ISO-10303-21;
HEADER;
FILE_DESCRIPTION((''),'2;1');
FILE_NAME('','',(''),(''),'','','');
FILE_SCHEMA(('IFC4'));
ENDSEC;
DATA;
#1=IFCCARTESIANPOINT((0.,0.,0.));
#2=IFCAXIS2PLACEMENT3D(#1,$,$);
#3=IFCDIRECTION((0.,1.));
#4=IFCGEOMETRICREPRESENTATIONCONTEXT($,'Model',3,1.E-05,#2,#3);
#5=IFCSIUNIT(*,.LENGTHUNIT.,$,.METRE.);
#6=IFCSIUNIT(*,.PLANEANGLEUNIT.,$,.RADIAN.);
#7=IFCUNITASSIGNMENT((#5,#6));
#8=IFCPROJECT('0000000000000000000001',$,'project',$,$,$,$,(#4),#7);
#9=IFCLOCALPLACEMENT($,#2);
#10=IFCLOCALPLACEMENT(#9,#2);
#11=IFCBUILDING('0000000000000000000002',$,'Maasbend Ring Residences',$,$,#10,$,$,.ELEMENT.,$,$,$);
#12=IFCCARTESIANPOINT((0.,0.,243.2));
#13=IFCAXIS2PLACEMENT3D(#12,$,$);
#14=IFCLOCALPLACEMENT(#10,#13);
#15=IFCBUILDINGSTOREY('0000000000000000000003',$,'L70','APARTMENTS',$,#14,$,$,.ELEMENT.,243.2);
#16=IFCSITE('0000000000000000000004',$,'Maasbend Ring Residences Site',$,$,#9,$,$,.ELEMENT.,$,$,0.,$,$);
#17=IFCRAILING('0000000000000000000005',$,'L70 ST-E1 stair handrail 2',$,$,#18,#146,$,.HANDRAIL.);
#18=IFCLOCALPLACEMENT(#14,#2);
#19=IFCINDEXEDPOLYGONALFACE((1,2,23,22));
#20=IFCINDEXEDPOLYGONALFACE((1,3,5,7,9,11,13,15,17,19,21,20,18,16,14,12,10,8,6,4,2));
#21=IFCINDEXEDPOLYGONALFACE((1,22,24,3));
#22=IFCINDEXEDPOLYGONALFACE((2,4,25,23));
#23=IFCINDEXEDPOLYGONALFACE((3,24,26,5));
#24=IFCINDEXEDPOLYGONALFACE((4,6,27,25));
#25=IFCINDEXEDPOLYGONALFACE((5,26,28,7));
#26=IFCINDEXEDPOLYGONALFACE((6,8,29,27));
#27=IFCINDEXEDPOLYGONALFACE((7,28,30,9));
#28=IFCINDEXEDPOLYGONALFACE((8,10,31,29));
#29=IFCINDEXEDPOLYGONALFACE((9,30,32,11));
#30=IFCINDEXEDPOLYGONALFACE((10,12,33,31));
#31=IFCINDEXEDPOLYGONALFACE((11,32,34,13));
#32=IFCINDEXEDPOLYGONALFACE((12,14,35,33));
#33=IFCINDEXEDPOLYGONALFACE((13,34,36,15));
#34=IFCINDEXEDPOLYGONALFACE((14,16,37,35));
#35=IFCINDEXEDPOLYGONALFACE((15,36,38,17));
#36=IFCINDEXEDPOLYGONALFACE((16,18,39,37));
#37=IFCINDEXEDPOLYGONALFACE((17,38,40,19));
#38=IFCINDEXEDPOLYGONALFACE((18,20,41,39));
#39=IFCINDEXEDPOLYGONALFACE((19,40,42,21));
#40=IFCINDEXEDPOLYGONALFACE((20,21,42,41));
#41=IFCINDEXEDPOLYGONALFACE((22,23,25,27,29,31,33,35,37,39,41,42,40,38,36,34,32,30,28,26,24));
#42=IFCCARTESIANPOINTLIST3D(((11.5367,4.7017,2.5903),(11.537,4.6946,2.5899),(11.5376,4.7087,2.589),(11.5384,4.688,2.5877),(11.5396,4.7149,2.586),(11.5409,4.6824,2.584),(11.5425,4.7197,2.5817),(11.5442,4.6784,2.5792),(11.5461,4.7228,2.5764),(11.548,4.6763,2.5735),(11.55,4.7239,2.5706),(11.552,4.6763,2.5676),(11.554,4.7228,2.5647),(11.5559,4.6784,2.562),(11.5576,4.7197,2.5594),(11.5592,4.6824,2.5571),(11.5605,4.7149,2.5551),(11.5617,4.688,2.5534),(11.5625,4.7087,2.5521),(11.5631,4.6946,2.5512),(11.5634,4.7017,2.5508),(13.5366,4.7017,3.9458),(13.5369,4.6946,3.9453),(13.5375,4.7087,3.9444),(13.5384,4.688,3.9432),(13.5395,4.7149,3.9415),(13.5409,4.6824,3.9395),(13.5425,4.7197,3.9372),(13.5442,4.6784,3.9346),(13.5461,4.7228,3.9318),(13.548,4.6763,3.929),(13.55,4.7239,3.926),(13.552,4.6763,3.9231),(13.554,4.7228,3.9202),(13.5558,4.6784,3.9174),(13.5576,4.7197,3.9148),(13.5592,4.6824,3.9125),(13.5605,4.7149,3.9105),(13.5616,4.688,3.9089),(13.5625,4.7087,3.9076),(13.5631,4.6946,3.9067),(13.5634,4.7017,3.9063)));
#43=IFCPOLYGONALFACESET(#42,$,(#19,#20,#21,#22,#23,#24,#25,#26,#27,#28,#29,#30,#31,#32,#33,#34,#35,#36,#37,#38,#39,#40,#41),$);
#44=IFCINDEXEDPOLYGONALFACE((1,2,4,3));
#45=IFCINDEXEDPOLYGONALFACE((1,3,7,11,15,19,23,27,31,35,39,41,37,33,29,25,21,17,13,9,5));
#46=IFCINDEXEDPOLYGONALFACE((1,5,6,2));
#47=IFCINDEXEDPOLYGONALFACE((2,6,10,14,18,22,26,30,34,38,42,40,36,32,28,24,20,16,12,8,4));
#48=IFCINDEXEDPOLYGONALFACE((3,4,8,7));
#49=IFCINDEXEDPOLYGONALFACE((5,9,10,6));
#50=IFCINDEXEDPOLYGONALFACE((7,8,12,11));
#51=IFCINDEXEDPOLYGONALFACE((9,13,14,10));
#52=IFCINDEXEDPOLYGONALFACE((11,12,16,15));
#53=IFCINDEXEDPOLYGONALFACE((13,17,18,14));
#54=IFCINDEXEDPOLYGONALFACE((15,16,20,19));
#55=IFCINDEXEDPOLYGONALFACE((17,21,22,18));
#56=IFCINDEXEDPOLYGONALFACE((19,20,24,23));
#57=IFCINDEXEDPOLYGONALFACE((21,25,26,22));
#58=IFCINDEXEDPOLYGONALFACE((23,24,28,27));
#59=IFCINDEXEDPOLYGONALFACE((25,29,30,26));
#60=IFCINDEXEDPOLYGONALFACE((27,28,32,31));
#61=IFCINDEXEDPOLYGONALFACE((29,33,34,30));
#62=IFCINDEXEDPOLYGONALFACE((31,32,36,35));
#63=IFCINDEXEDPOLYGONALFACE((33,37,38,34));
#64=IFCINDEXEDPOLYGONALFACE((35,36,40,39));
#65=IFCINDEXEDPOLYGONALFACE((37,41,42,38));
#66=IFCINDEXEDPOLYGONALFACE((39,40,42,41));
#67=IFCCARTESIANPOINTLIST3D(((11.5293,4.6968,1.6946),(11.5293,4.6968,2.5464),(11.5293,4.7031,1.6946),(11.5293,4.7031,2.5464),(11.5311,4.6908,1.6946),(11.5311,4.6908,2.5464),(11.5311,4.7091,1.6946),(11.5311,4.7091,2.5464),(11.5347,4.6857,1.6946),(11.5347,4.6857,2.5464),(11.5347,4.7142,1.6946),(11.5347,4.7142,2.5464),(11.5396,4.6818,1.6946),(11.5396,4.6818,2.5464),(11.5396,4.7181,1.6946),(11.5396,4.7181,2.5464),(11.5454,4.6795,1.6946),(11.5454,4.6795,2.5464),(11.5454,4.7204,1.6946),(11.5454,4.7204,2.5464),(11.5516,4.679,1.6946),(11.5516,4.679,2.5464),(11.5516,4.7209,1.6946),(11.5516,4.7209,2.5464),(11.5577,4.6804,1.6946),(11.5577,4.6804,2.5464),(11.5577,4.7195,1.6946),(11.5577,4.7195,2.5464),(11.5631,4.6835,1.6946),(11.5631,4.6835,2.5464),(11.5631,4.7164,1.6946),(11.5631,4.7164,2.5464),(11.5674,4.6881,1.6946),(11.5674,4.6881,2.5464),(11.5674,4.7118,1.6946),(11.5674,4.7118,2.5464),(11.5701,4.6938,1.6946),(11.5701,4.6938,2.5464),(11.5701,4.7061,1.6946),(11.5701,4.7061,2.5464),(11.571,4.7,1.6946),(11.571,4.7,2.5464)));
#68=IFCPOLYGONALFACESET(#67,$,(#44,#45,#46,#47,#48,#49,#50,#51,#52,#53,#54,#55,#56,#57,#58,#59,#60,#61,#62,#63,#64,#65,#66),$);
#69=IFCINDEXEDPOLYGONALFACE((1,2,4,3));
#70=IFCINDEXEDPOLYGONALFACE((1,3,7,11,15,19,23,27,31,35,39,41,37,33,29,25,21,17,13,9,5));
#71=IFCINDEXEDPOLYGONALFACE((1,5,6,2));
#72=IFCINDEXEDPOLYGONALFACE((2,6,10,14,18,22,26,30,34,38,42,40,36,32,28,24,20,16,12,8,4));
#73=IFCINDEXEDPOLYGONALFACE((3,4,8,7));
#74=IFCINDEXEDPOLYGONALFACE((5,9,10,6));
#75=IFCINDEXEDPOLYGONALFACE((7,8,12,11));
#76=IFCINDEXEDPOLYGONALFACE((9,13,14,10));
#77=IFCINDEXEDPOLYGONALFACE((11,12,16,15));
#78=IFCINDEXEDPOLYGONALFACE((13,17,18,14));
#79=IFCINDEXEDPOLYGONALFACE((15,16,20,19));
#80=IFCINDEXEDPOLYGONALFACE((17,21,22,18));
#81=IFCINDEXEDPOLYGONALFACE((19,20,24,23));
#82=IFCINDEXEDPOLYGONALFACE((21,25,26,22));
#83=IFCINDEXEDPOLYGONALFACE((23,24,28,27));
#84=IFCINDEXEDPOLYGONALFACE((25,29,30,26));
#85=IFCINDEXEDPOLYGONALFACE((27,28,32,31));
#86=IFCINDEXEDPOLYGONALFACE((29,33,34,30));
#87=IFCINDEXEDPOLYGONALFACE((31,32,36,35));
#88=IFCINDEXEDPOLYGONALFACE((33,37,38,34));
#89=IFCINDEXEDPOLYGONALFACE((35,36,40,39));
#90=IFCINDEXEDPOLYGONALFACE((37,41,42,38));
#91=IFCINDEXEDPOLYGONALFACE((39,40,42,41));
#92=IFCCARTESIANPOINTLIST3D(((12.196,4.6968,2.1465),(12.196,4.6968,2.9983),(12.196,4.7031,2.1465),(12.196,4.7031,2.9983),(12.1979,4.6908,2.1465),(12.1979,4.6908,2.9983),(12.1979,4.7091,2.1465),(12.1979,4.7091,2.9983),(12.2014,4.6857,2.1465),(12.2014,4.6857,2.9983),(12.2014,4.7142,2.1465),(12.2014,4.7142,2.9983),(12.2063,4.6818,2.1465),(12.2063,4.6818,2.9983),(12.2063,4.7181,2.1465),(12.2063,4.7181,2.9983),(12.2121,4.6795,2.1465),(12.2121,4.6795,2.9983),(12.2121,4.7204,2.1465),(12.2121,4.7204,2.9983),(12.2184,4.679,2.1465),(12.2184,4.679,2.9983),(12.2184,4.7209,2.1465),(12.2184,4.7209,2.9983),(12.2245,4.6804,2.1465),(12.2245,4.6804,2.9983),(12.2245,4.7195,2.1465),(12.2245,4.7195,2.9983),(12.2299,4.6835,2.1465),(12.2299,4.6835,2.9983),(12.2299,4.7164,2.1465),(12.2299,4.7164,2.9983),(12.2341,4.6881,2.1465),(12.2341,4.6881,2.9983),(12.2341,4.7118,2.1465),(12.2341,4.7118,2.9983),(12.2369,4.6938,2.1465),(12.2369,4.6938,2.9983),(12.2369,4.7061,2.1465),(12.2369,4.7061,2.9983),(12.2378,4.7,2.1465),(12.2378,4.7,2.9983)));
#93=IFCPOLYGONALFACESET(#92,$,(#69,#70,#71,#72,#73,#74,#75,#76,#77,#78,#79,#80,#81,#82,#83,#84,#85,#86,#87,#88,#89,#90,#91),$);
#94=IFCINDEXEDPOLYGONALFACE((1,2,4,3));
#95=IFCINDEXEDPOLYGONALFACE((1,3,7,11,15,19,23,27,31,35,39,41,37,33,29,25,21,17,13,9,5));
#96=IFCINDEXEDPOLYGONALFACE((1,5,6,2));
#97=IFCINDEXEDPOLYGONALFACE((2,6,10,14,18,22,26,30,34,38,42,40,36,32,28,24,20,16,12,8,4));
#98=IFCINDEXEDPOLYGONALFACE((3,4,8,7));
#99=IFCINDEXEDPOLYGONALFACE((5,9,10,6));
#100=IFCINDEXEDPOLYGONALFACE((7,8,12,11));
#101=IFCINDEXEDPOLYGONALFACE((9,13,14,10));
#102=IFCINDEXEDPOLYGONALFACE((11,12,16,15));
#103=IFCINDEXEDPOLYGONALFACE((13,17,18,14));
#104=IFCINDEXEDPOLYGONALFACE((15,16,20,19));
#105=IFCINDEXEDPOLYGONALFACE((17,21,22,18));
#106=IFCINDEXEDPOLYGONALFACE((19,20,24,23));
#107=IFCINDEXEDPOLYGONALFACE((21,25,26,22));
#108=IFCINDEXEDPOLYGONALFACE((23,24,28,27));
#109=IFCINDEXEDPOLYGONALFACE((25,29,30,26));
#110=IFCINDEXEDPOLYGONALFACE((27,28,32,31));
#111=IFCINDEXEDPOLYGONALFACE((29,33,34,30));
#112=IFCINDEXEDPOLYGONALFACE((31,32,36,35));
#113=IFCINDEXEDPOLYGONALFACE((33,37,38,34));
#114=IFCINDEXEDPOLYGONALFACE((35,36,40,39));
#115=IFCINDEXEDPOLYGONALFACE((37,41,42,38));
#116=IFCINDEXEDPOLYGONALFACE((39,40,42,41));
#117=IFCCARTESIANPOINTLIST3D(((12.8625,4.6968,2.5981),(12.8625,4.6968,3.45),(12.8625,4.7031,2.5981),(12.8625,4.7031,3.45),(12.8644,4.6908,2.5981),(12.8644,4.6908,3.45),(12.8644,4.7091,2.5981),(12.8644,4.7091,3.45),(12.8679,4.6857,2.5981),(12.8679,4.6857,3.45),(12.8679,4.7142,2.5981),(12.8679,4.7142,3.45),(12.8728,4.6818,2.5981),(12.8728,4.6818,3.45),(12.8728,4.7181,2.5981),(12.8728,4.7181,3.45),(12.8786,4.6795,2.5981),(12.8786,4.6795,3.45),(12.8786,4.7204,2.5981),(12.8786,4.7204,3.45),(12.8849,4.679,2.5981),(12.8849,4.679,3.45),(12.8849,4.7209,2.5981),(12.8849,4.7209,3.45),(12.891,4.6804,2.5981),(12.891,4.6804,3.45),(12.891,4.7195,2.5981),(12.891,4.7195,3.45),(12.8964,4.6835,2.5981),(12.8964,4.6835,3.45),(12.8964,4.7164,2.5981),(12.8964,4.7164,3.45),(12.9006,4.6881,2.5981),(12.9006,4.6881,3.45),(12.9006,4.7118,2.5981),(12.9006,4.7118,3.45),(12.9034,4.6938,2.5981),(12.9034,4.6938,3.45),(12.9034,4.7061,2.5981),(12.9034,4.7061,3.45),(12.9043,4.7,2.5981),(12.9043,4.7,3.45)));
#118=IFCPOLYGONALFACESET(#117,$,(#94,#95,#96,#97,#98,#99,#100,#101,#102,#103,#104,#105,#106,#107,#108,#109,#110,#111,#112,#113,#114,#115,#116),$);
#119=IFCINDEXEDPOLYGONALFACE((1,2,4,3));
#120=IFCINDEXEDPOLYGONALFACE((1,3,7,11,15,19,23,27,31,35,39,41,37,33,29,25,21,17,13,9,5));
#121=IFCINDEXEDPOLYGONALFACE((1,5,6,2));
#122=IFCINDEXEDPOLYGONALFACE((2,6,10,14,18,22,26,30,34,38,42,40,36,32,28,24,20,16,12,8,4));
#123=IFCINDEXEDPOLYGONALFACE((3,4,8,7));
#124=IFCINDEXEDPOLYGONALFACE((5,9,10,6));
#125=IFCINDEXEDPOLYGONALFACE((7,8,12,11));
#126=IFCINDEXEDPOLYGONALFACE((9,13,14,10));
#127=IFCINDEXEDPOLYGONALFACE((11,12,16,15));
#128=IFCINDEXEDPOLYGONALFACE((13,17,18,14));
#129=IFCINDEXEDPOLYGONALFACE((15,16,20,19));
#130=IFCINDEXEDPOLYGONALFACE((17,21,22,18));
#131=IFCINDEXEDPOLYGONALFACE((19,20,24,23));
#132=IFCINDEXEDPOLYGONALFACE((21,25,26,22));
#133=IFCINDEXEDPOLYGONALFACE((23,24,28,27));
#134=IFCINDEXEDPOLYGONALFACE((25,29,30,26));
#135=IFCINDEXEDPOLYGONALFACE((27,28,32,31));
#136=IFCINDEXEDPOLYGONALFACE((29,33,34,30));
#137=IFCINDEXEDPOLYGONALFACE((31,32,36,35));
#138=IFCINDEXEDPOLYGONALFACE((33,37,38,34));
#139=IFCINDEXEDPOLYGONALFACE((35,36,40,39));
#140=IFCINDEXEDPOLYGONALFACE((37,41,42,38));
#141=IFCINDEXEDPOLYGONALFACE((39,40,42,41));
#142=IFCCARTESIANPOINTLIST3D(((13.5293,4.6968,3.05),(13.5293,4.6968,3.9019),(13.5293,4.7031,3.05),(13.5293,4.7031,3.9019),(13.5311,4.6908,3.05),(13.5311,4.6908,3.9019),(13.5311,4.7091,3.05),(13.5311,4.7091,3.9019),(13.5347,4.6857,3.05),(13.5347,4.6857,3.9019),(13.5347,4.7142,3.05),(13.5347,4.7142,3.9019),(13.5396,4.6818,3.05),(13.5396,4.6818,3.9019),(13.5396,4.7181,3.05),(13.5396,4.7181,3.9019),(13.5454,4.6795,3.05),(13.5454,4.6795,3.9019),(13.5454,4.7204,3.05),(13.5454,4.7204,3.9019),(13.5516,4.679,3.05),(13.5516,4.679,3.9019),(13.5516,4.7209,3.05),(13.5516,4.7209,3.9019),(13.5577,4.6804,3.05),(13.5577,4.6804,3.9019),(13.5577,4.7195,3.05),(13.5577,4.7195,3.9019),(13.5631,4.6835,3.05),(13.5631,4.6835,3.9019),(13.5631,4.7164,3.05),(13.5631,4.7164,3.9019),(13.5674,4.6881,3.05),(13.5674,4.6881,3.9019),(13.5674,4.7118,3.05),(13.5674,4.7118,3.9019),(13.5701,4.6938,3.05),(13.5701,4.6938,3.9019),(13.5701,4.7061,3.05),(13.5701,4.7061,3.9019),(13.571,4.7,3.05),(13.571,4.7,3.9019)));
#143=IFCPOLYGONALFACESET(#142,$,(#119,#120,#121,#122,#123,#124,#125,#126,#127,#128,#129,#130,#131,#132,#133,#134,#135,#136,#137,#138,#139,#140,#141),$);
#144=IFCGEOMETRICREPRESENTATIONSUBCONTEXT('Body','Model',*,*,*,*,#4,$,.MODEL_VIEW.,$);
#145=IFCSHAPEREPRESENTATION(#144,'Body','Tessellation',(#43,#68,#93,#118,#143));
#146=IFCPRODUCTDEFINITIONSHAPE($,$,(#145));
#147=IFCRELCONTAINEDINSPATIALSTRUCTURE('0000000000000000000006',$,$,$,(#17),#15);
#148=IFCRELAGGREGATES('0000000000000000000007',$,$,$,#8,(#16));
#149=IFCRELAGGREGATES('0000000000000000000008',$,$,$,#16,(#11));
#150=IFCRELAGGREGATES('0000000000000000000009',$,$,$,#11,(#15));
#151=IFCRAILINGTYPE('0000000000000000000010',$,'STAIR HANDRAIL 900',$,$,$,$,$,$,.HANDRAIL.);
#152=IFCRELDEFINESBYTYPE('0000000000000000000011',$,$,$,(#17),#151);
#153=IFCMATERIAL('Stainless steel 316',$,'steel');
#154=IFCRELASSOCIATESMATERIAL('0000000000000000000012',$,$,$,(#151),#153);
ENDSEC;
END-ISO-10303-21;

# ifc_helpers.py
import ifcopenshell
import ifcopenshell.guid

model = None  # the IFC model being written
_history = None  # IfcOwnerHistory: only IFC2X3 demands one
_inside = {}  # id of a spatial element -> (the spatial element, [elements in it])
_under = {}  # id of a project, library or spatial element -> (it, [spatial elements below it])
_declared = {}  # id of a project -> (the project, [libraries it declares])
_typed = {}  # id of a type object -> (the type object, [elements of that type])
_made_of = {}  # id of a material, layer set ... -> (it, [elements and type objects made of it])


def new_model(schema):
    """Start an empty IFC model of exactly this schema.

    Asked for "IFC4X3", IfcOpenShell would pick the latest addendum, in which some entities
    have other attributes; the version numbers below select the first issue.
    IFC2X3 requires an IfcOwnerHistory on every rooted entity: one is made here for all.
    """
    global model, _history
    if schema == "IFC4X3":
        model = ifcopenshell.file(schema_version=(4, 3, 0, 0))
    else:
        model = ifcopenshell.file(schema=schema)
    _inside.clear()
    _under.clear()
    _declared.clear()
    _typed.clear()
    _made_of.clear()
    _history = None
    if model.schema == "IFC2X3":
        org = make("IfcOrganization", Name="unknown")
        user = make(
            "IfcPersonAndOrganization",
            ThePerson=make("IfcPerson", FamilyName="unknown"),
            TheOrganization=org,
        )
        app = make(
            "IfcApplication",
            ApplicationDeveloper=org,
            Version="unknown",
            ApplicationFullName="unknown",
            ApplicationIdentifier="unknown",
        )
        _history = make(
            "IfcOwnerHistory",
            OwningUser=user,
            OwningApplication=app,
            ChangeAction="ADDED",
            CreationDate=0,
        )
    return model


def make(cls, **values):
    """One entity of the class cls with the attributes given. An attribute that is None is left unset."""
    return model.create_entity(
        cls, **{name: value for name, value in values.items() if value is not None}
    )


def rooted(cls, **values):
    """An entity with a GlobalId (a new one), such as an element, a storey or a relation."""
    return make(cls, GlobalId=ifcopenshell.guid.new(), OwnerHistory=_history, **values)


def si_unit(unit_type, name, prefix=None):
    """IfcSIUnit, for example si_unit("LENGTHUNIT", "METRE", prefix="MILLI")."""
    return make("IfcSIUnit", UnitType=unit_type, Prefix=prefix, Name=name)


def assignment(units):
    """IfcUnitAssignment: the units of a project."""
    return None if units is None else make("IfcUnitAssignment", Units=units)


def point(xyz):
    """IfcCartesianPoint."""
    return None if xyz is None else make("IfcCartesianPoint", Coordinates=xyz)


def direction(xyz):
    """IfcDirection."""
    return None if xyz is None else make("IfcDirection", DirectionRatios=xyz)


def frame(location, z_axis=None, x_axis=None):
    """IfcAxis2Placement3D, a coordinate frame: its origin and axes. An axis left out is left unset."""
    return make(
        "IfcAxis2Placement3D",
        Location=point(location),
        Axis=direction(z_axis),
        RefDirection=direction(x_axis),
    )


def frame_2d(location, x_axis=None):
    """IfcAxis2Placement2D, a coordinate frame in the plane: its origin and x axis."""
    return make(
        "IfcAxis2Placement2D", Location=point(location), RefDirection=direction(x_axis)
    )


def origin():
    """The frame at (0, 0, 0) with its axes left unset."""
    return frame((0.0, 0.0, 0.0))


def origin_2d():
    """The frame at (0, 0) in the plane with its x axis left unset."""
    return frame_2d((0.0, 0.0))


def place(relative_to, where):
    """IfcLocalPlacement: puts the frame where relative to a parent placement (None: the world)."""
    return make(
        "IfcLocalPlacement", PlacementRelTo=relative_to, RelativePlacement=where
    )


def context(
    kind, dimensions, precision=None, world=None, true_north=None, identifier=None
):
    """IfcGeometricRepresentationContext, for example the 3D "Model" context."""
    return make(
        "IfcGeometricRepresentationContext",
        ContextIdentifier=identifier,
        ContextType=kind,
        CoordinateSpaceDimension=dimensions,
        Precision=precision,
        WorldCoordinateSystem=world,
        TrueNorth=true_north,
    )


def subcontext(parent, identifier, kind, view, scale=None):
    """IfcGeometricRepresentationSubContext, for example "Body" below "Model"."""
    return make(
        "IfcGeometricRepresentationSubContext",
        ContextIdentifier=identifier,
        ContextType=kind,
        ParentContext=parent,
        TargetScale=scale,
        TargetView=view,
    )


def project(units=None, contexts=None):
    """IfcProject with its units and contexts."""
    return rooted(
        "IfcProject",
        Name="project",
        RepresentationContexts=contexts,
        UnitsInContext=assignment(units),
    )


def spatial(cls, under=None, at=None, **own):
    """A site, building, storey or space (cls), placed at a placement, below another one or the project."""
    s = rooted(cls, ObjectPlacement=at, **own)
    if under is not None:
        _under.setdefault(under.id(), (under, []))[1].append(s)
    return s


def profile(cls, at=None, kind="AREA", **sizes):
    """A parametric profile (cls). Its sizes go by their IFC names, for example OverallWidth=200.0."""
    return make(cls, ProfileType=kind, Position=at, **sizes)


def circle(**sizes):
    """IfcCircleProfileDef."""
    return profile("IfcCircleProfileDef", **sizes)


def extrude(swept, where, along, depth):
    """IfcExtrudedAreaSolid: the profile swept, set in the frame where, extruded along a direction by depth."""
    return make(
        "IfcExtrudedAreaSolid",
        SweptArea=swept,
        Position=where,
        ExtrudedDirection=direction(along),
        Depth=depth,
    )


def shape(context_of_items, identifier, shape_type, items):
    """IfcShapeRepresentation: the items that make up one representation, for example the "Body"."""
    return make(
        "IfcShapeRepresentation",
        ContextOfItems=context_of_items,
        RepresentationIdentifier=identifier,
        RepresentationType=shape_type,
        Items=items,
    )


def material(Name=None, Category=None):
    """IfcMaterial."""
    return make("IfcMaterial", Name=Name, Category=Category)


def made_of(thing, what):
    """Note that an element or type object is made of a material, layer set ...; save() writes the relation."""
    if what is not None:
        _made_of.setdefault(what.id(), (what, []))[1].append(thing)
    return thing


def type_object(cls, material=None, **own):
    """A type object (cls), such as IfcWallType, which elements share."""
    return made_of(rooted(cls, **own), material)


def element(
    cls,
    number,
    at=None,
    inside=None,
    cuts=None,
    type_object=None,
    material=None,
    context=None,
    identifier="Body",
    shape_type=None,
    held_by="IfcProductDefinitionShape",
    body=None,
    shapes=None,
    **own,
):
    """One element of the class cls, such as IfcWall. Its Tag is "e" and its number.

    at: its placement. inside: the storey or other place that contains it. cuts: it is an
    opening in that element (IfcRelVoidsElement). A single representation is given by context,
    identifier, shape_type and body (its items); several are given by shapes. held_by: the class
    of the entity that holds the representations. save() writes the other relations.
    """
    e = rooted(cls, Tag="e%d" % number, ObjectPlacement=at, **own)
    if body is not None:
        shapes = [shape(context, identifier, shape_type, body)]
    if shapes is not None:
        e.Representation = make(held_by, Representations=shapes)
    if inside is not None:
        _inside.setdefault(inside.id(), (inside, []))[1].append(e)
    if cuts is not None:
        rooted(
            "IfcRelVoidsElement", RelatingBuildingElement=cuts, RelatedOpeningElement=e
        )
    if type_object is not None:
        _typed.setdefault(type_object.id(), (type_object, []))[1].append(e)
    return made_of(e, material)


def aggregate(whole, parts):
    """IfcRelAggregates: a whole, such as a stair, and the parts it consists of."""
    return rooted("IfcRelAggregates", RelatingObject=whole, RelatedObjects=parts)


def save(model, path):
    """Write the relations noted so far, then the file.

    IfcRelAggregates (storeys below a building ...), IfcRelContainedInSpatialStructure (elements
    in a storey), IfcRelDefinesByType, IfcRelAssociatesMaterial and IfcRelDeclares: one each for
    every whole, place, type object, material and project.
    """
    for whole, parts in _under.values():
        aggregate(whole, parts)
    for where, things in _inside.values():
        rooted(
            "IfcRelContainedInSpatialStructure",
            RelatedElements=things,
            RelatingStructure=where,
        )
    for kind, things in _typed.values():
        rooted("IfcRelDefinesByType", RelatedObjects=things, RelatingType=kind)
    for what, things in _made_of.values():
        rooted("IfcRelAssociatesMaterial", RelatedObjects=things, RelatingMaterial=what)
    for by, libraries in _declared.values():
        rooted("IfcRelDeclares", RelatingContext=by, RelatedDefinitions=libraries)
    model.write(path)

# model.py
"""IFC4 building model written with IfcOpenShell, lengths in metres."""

from ifc_helpers import new_model, si_unit, direction, frame, origin, origin_2d, place, context, subcontext, project, spatial, circle, extrude, material, type_object, element, save


model = new_model("IFC4")

# Units and contexts
model_context = context("Model", 3, precision=1e-05, world=origin(), true_north=direction((0.0, 1.0)))
body_context = subcontext(model_context, "Body", "Model", "MODEL_VIEW")
ifc_project = project(units=[si_unit("LENGTHUNIT", "METRE"), si_unit("PLANEANGLEUNIT", "RADIAN")], contexts=[model_context])

# Site, building, storey
site_placement = place(None, origin())
site = spatial("IfcSite", under=ifc_project, at=site_placement, Name="Maasbend Ring Residences Site", CompositionType="ELEMENT", RefElevation=0.0)
building_placement = place(site_placement, origin())
building = spatial("IfcBuilding", under=site, at=building_placement, Name="Maasbend Ring Residences", CompositionType="ELEMENT")
storey_placement = place(building_placement, frame((0.0, 0.0, 243.2)))
storey = spatial("IfcBuildingStorey", under=building, at=storey_placement, Name="L70", Description="APARTMENTS", CompositionType="ELEMENT", Elevation=243.2)

# Railing
ifc_material_1 = material(Name="Stainless steel 316", Category="steel")
railing_type_1 = type_object("IfcRailingType", Name="STAIR HANDRAIL 900", PredefinedType="HANDRAIL", material=ifc_material_1)
railing_1_placement = place(storey_placement, frame((11.55, 4.7, 1.6946)))
element("IfcRailing", 1, at=railing_1_placement, inside=storey, type_object=railing_type_1, Name="L70 ST-E1 stair handrail 2", PredefinedType="HANDRAIL", context=body_context, shape_type="SweptSolid", body=[
    extrude(circle(Radius=0.0239, at=origin_2d()), frame((0.0, 0.0, 0.876), z_axis=(0.827798, 0.0, 0.561027), x_axis=(0.0, 1.0, 0.0)), (0.0, 0.0, 1.0), 2.416),
    extrude(circle(Radius=0.021, at=origin_2d()), origin(), (0.0, 0.0, 1.0), 0.8518),
    extrude(circle(Radius=0.021, at=origin_2d()), frame((0.6667, 0.0, 0.4519)), (0.0, 0.0, 1.0), 0.8518),
    extrude(circle(Radius=0.021, at=origin_2d()), frame((1.3333, 0.0, 0.9036)), (0.0, 0.0, 1.0), 0.8518),
    extrude(circle(Radius=0.021, at=origin_2d()), frame((2.0, 0.0, 1.3555)), (0.0, 0.0, 1.0), 0.8518),
])

save(model, "model.ifc")
